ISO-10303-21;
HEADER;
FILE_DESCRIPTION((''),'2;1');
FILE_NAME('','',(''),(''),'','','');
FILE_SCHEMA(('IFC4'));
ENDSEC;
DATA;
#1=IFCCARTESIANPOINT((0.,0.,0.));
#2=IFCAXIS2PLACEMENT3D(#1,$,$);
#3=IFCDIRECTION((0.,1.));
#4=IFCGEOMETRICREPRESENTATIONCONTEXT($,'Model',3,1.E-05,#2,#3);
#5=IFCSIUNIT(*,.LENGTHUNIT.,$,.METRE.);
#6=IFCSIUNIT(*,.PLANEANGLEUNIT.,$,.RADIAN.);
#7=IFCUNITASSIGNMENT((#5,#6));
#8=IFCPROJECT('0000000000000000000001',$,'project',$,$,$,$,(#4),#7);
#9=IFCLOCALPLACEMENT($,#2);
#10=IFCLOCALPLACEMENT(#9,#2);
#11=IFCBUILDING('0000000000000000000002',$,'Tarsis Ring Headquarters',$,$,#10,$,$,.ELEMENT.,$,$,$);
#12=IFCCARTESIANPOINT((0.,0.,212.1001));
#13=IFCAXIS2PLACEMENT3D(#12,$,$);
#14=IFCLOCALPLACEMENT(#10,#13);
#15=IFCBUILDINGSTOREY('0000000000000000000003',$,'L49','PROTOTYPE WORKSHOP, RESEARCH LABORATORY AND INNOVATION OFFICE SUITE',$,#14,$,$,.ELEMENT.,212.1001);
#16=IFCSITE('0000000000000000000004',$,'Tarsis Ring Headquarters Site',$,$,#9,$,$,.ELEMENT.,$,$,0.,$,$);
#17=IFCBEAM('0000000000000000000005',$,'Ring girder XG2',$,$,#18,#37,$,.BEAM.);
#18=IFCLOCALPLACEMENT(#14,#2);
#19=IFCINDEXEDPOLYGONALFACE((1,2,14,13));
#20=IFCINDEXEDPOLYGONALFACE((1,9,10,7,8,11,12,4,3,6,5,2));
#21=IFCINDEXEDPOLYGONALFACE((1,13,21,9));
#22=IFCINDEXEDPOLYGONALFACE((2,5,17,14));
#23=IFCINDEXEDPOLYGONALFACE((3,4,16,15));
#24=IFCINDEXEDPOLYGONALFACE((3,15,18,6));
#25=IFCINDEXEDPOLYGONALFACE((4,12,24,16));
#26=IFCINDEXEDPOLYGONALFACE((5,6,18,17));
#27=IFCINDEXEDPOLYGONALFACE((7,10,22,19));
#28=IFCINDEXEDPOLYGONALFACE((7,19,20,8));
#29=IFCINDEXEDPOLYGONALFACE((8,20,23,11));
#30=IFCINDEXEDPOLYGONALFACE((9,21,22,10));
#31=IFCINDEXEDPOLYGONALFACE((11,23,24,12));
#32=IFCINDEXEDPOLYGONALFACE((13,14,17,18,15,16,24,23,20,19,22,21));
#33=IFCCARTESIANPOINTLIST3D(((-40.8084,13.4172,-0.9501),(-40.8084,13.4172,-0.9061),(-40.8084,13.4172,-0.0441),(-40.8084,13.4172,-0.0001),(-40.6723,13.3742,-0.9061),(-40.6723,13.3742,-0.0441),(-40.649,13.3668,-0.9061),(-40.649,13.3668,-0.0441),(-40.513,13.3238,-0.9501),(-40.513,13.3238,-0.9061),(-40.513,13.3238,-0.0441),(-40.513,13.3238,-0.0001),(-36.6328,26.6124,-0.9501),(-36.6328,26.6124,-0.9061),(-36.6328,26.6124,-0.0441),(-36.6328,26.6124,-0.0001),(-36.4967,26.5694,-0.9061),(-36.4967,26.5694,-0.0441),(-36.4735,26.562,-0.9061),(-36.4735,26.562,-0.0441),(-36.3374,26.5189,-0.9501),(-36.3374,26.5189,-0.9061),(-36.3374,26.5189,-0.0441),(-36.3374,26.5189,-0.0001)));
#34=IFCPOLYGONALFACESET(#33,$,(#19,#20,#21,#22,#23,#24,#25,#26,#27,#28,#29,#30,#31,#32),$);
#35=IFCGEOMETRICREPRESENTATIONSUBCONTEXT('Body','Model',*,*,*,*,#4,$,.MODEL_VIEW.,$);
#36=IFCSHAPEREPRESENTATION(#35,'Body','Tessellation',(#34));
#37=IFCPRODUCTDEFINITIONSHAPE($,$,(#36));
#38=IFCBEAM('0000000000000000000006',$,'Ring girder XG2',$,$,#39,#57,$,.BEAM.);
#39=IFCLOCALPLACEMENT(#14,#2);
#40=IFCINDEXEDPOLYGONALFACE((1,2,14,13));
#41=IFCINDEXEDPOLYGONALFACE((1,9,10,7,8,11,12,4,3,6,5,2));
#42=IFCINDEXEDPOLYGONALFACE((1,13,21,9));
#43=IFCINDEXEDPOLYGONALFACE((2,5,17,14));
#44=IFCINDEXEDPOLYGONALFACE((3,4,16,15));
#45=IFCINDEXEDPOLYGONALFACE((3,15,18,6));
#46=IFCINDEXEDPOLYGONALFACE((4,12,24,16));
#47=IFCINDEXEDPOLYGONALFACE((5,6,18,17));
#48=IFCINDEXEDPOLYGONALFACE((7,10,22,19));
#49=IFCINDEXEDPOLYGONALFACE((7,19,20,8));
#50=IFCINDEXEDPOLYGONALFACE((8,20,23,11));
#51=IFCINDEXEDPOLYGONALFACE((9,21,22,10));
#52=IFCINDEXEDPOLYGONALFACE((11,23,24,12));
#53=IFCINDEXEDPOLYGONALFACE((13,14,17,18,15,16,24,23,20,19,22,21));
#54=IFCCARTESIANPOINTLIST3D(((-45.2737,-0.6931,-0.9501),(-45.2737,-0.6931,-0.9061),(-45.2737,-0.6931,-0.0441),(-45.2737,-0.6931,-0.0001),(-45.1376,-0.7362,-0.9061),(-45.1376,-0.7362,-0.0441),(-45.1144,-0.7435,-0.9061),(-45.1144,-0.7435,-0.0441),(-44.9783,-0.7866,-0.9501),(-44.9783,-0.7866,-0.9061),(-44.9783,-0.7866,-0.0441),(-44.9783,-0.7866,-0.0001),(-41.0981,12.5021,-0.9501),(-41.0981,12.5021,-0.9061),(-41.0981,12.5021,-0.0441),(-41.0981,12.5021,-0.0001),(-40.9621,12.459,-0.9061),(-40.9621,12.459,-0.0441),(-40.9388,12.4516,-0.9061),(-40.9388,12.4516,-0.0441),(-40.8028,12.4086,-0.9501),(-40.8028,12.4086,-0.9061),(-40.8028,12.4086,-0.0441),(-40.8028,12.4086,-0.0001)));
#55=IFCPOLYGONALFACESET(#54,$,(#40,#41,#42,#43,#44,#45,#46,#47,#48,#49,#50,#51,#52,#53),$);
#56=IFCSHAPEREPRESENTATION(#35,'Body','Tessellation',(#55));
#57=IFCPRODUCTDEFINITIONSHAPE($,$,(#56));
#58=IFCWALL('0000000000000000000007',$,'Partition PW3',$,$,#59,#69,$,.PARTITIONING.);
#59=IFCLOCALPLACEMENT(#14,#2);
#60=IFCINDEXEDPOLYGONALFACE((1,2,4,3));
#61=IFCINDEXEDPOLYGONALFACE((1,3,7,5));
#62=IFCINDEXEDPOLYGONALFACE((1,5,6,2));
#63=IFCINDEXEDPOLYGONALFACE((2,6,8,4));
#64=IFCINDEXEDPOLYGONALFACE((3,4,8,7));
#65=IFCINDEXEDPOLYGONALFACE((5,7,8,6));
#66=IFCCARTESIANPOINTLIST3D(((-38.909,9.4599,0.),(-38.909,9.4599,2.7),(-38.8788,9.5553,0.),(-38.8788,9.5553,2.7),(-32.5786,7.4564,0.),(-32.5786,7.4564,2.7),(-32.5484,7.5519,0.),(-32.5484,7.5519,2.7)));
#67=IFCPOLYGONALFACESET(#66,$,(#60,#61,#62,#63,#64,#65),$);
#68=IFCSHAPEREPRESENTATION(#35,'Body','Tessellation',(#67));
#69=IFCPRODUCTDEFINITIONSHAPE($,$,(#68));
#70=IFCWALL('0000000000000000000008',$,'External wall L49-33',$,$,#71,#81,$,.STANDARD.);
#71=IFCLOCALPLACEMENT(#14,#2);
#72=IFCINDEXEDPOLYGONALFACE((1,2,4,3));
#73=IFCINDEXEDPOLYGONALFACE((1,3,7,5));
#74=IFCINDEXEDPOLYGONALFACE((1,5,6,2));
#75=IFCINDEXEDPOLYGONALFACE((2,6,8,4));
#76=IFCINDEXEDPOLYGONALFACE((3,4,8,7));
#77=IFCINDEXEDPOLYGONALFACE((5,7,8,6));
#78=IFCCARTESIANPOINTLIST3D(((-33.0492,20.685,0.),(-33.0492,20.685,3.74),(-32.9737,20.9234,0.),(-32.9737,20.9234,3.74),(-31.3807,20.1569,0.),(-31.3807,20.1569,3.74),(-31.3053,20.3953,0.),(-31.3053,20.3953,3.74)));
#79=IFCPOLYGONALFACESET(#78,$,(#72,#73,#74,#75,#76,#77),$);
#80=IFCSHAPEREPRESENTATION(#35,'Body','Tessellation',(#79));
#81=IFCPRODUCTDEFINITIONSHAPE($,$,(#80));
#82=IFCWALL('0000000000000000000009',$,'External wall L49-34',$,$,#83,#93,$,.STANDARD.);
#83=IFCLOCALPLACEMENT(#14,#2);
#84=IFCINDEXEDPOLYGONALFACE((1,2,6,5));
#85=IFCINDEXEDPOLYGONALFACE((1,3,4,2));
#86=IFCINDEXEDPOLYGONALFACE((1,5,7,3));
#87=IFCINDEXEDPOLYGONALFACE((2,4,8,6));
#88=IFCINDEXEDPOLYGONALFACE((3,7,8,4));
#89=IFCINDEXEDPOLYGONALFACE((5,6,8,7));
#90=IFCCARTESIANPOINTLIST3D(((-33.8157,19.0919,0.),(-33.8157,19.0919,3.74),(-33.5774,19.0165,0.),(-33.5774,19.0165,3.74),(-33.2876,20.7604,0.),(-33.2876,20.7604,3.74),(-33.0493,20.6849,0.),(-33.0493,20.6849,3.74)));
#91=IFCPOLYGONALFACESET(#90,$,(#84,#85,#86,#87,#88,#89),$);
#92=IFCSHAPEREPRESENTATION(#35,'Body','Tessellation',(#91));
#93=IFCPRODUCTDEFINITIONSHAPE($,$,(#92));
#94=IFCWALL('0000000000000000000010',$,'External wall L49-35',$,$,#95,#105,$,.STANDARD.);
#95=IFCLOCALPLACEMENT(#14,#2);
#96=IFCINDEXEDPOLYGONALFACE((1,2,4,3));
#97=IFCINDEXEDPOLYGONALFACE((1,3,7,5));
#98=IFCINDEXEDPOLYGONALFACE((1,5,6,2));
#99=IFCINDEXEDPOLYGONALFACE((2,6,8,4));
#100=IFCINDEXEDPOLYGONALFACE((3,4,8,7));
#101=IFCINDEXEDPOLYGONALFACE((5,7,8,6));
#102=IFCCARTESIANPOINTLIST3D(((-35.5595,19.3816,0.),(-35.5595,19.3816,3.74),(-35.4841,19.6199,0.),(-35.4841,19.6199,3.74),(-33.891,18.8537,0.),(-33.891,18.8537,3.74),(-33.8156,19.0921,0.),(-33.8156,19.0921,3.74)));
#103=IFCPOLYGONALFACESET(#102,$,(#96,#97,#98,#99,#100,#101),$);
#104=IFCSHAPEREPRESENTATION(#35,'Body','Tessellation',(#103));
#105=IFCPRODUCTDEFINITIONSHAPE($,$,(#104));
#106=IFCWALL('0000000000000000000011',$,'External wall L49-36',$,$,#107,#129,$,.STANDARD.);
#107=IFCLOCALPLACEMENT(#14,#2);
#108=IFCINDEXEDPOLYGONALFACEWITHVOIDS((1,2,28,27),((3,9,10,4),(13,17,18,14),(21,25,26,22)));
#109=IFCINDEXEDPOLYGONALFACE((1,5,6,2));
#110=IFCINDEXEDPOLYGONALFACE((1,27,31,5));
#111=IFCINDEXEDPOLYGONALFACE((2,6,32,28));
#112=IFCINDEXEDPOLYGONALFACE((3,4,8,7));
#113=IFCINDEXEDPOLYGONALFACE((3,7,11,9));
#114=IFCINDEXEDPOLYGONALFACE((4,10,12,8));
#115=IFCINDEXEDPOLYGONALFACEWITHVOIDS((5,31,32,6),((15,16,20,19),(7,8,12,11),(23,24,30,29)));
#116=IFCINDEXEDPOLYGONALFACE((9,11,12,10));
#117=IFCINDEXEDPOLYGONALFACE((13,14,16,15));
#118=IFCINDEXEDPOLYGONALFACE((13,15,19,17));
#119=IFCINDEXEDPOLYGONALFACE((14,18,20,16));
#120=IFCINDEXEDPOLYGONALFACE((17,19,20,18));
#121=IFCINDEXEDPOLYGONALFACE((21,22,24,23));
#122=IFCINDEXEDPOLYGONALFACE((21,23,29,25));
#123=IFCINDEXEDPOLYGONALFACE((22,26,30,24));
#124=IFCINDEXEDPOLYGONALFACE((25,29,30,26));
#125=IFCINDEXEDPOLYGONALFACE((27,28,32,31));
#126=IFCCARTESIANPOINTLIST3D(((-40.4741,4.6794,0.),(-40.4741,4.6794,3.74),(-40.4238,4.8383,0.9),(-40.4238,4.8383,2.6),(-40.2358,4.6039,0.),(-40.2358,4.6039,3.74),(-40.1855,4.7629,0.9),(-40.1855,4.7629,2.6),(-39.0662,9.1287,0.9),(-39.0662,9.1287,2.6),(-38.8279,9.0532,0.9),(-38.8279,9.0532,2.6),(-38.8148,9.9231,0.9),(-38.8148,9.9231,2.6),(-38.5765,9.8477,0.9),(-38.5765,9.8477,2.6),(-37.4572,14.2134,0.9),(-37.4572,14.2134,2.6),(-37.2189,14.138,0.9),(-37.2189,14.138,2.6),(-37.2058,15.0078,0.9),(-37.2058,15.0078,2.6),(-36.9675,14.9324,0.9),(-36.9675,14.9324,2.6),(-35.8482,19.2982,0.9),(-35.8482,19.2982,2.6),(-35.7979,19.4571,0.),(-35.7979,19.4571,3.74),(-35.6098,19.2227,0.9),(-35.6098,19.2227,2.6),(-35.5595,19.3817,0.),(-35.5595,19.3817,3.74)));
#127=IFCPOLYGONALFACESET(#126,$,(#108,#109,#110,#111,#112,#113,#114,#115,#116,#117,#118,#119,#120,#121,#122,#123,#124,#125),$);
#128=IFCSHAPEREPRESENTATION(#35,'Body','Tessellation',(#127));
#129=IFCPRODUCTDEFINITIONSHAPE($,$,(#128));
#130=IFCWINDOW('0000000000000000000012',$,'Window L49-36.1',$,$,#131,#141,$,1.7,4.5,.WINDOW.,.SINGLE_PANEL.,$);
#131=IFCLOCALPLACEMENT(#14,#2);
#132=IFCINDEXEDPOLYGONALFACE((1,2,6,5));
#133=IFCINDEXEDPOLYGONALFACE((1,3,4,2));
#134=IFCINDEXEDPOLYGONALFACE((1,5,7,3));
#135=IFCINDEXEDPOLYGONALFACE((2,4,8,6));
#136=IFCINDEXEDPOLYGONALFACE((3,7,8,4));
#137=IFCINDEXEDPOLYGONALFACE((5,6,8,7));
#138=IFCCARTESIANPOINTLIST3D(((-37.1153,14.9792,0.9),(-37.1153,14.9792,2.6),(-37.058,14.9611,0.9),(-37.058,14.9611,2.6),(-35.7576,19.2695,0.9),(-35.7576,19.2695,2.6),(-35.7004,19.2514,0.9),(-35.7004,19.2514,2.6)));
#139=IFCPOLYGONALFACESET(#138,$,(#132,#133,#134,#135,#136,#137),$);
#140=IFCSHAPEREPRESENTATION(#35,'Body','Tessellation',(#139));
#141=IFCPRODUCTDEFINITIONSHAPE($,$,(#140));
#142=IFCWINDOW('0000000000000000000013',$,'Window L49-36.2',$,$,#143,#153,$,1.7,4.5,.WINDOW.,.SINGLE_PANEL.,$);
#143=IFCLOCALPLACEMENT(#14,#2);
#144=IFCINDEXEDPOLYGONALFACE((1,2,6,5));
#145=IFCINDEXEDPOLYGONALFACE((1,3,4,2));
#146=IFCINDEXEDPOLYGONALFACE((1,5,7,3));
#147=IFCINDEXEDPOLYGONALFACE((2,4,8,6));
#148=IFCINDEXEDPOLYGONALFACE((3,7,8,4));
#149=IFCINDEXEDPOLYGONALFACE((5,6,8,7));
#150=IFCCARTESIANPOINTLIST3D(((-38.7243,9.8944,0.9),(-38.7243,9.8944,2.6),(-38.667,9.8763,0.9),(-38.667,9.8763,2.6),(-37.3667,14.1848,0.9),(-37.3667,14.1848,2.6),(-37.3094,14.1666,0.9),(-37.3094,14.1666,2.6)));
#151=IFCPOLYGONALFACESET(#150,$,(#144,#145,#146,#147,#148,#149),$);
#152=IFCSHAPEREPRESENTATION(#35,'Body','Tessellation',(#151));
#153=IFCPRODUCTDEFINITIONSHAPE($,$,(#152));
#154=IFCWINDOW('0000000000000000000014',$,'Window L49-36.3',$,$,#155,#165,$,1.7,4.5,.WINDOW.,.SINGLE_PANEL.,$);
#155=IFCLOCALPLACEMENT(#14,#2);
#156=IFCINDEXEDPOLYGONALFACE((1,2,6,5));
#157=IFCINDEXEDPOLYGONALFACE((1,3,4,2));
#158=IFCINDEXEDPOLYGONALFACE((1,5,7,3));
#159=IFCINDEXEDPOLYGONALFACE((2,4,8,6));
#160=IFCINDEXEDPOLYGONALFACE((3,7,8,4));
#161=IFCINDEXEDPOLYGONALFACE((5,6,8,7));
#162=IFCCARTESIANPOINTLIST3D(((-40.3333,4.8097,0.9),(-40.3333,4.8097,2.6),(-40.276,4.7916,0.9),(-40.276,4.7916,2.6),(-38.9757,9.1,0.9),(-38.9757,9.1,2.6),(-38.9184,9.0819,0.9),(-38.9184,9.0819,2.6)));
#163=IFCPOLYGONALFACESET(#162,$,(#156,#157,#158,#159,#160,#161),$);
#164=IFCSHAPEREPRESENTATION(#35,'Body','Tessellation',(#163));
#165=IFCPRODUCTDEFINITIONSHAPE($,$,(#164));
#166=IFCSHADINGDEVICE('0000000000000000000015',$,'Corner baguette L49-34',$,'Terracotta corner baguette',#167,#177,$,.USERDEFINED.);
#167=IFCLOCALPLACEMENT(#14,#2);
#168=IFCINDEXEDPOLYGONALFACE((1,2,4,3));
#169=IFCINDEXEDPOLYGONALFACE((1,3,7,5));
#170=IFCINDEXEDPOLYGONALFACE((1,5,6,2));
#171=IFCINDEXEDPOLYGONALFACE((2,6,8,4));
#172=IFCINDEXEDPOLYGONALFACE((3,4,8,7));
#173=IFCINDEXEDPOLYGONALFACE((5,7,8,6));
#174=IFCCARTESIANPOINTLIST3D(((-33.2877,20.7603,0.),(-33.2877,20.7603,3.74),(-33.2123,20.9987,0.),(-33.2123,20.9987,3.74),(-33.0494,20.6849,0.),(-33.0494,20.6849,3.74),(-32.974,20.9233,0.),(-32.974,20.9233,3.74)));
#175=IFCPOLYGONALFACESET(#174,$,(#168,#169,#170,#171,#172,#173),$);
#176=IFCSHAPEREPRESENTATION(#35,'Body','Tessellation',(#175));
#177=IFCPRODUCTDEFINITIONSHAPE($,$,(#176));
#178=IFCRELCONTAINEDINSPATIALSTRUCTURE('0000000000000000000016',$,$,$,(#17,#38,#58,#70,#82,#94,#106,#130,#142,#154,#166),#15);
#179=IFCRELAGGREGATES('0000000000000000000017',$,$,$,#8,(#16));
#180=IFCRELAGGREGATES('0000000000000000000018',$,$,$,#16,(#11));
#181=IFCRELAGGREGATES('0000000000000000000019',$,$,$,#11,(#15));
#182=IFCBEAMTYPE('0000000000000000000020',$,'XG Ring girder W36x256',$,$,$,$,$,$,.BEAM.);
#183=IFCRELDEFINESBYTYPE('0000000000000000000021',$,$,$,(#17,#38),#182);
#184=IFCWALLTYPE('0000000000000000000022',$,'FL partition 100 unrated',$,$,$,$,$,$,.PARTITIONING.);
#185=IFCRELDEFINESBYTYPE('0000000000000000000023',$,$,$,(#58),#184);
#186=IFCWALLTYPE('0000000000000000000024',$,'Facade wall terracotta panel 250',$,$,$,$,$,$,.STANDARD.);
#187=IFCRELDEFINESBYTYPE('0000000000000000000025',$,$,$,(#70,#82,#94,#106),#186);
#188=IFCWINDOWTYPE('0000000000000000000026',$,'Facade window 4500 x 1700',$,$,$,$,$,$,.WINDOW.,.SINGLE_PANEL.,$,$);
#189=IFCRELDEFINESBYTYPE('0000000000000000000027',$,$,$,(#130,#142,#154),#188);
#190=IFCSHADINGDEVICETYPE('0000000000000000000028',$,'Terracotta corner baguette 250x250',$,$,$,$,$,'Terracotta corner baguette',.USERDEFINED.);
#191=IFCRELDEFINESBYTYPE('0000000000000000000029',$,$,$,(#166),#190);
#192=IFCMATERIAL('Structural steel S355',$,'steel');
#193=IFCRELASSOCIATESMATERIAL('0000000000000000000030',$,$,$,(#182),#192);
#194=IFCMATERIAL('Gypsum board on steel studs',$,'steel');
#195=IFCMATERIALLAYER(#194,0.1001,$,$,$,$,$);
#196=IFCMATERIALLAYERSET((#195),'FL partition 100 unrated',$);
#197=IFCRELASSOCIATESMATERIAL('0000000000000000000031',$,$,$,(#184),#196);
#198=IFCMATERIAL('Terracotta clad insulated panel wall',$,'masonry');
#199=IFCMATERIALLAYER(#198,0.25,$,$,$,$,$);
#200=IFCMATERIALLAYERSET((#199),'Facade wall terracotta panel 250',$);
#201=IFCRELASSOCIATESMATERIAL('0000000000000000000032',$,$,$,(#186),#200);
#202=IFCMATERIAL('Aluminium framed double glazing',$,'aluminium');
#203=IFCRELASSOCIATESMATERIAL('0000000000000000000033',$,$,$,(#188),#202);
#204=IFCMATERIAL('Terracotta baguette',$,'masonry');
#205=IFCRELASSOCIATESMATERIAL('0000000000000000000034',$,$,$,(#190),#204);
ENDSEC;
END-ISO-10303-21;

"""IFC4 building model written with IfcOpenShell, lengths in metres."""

from ifc_helpers import new_model, si_unit, direction, frame, frame_2d, origin, origin_2d, place, context, subcontext, project, spatial, rectangle, i_section, extrude, material, layer, layer_set, material_profile, profile_set, type_object, element, fill, save


model = new_model("IFC4")

# Units and contexts
model_context = context("Model", 3, precision=1e-05, world=origin(), true_north=direction((0.0, 1.0)))
body_context = subcontext(model_context, "Body", "Model", "MODEL_VIEW")
ifc_project = project(units=[si_unit("LENGTHUNIT", "METRE"), si_unit("PLANEANGLEUNIT", "RADIAN")], contexts=[model_context])

# Site, building, storey
site_placement = place(None, origin())
site = spatial("IfcSite", under=ifc_project, at=site_placement, Name="Tarsis Ring Headquarters Site", CompositionType="ELEMENT", RefElevation=0.0)
building_placement = place(site_placement, origin())
building = spatial("IfcBuilding", under=site, at=building_placement, Name="Tarsis Ring Headquarters", CompositionType="ELEMENT")
storey_placement = place(building_placement, frame((0.0, 0.0, 212.1001)))
storey = spatial("IfcBuildingStorey", under=building, at=storey_placement, Name="L49", Description="PROTOTYPE WORKSHOP, RESEARCH LABORATORY AND INNOVATION OFFICE SUITE", CompositionType="ELEMENT", Elevation=212.1001)

# Shared definitions
ifc_material_1 = material(Name="Structural steel S355", Category="steel")

# Beams
ifc_material_profile_1 = material_profile(ifc_material_1, i_section(OverallWidth=0.3098, OverallDepth=0.95, WebThickness=0.0244, FlangeThickness=0.0439, at=origin_2d()), Name="W36x256")
ifc_profile_set_1 = profile_set([ifc_material_profile_1], Name="Structural steel S355")
beam_type_1 = type_object("IfcBeamType", Name="XG Ring girder W36x256", PredefinedType="BEAM", material=ifc_profile_set_1)
for number, where, z_axis, x_axis, name in (
    (1, (-36.4851, 26.5657, -0.4751), (-0.301701, -0.953403, 0.0), (0.953403, -0.301701, 0.0), "Ring girder XG2"),
    (2, (-40.9504, 12.4553, -0.4751), (-0.301701, -0.953403, 0.0), (0.953403, -0.301701, 0.0), "Ring girder XG2"),
):
    element("IfcBeam", number, at=place(storey_placement, frame(where, z_axis=z_axis, x_axis=x_axis)), inside=storey, type_object=beam_type_1, Name=name, PredefinedType="BEAM", context=body_context, shape_type="SweptSolid", body=[
        extrude(i_section(OverallWidth=0.3098, OverallDepth=0.95, WebThickness=0.0244, FlangeThickness=0.0439, at=origin_2d()), origin(), (0.0, 0.0, 1.0), 13.8401),
    ])

# Walls
ifc_material_2 = material(Name="Gypsum board on steel studs", Category="steel")
ifc_layer_1 = layer(ifc_material_2, 0.1001)
ifc_layer_set_1 = layer_set([ifc_layer_1], Name="FL partition 100 unrated")
wall_type_1 = type_object("IfcWallType", Name="FL partition 100 unrated", PredefinedType="PARTITIONING", material=ifc_layer_set_1)
wall_1_placement = place(storey_placement, frame((-38.8938, 9.5076, 0.0), z_axis=(0.0, 0.0, 1.0), x_axis=(0.953394, -0.30173, 0.0)))
element("IfcWall", 3, at=wall_1_placement, inside=storey, type_object=wall_type_1, Name="Partition PW3", PredefinedType="PARTITIONING", context=body_context, shape_type="SweptSolid", body=[
    extrude(rectangle(XDim=6.6399, YDim=0.1001, at=frame_2d((3.3198, 0.0))), origin(), (0.0, 0.0, 1.0), 2.7),
])
ifc_material_3 = material(Name="Terracotta clad insulated panel wall", Category="masonry")
ifc_layer_2 = layer(ifc_material_3, 0.25)
ifc_layer_set_2 = layer_set([ifc_layer_2], Name="Facade wall terracotta panel 250")
wall_type_2 = type_object("IfcWallType", Name="Facade wall terracotta panel 250", PredefinedType="STANDARD", material=ifc_layer_set_2)
for number, where, z_axis, x_axis, name in (
    (4, (-31.343, 20.2761, 0.0), (0.0, 0.0, 1.0), (-0.953386, 0.301752, 0.0), "External wall L49-33"),
    (5, (-33.1685, 20.7227, 0.0), (0.0, 0.0, 1.0), (-0.301752, -0.953386, 0.0), "External wall L49-34"),
    (6, (-33.8533, 18.9729, 0.0), (0.0, 0.0, 1.0), (-0.953427, 0.301625, 0.0), "External wall L49-35"),
):
    element("IfcWall", number, at=place(storey_placement, frame(where, z_axis=z_axis, x_axis=x_axis)), inside=storey, type_object=wall_type_2, Name=name, PredefinedType="STANDARD", context=body_context, shape_type="SweptSolid", body=[
        extrude(rectangle(XDim=1.75, YDim=0.25, at=frame_2d((0.875, 0.0))), origin(), (0.0, 0.0, 1.0), 3.74),
    ])

# Wall, openings, windows
wall_2_placement = place(storey_placement, frame((-35.6787, 19.4194, 0.0), z_axis=(0.0, 0.0, 1.0), x_axis=(-0.301694, -0.953405, 0.0)))
wall_2 = element("IfcWall", 7, at=wall_2_placement, inside=storey, type_object=wall_type_2, Name="External wall L49-36", PredefinedType="STANDARD", context=body_context, shape_type="SweptSolid", body=[
    extrude(rectangle(XDim=15.5, YDim=0.25, at=frame_2d((7.75, 0.0))), origin(), (0.0, 0.0, 1.0), 3.74),
])
opening_1_placement = place(wall_2_placement, frame((0.1667, 0.0, 0.8999)))
opening_1 = element("IfcOpeningElement", 8, at=opening_1_placement, cuts=wall_2, PredefinedType="OPENING", context=body_context, shape_type="SweptSolid", body=[
    extrude(rectangle(XDim=4.5, YDim=1.7, at=frame_2d((2.25, 0.8501))), frame((0.0, 0.135, 0.0), z_axis=(0.0, -1.0, 0.0), x_axis=(1.0, 0.0, 0.0)), (0.0, 0.0, 1.0), 0.27),
])
opening_2_placement = place(wall_2_placement, frame((5.5, 0.0, 0.8999)))
opening_2 = element("IfcOpeningElement", 9, at=opening_2_placement, cuts=wall_2, PredefinedType="OPENING", context=body_context, shape_type="SweptSolid", body=[
    extrude(rectangle(XDim=4.5, YDim=1.7, at=frame_2d((2.25, 0.8501))), frame((0.0, 0.135, 0.0), z_axis=(0.0, -1.0, 0.0), x_axis=(1.0, 0.0, 0.0)), (0.0, 0.0, 1.0), 0.27),
])
opening_3_placement = place(wall_2_placement, frame((10.8333, 0.0, 0.8999)))
opening_3 = element("IfcOpeningElement", 10, at=opening_3_placement, cuts=wall_2, PredefinedType="OPENING", context=body_context, shape_type="SweptSolid", body=[
    extrude(rectangle(XDim=4.5, YDim=1.7, at=frame_2d((2.25, 0.8501))), frame((0.0, 0.135, 0.0), z_axis=(0.0, -1.0, 0.0), x_axis=(1.0, 0.0, 0.0)), (0.0, 0.0, 1.0), 0.27),
])
ifc_material_4 = material(Name="Aluminium framed double glazing", Category="aluminium")
window_type = type_object("IfcWindowType", Name="Facade window 4500 x 1700", PartitioningType="SINGLE_PANEL", PredefinedType="WINDOW", material=ifc_material_4)
window_1_placement = place(opening_1_placement, origin())
window_1 = element("IfcWindow", 11, at=window_1_placement, inside=storey, type_object=window_type, Name="Window L49-36.1", OverallHeight=1.7, OverallWidth=4.5, PartitioningType="SINGLE_PANEL", PredefinedType="WINDOW", context=body_context, shape_type="SweptSolid", body=[
    extrude(rectangle(XDim=4.5, YDim=1.7, at=frame_2d((2.25, 0.8501))), frame((0.0, 0.03, 0.0), z_axis=(0.0, -1.0, 0.0), x_axis=(1.0, 0.0, 0.0)), (0.0, 0.0, 1.0), 0.0601),
])
fill(opening_1, window_1)
window_2_placement = place(opening_2_placement, origin())
window_2 = element("IfcWindow", 12, at=window_2_placement, inside=storey, type_object=window_type, Name="Window L49-36.2", OverallHeight=1.7, OverallWidth=4.5, PartitioningType="SINGLE_PANEL", PredefinedType="WINDOW", context=body_context, shape_type="SweptSolid", body=[
    extrude(rectangle(XDim=4.5, YDim=1.7, at=frame_2d((2.25, 0.8501))), frame((0.0, 0.03, 0.0), z_axis=(0.0, -1.0, 0.0), x_axis=(1.0, 0.0, 0.0)), (0.0, 0.0, 1.0), 0.0601),
])
fill(opening_2, window_2)
window_3_placement = place(opening_3_placement, origin())
window_3 = element("IfcWindow", 13, at=window_3_placement, inside=storey, type_object=window_type, Name="Window L49-36.3", OverallHeight=1.7, OverallWidth=4.5, PartitioningType="SINGLE_PANEL", PredefinedType="WINDOW", context=body_context, shape_type="SweptSolid", body=[
    extrude(rectangle(XDim=4.5, YDim=1.7, at=frame_2d((2.25, 0.8501))), frame((0.0, 0.03, 0.0), z_axis=(0.0, -1.0, 0.0), x_axis=(1.0, 0.0, 0.0)), (0.0, 0.0, 1.0), 0.0601),
])
fill(opening_3, window_3)

# Shading device
ifc_material_5 = material(Name="Terracotta baguette", Category="masonry")
shading_device_type_1 = type_object("IfcShadingDeviceType", Name="Terracotta corner baguette 250x250", ElementType="Terracotta corner baguette", PredefinedType="USERDEFINED", material=ifc_material_5)
for number, where, z_axis, x_axis, name in (
    (14, (-33.1309, 20.8418, 0.0), (0.0, 0.0, 1.0), (-0.953401, 0.301704, 0.0), "Corner baguette L49-34"),
):
    element("IfcShadingDevice", number, at=place(storey_placement, frame(where, z_axis=z_axis, x_axis=x_axis)), inside=storey, type_object=shading_device_type_1, Name=name, ObjectType="Terracotta corner baguette", PredefinedType="USERDEFINED", context=body_context, shape_type="SweptSolid", body=[
        extrude(rectangle(XDim=0.25, YDim=0.25, at=origin_2d()), origin(), (0.0, 0.0, 1.0), 3.74),
    ])

save(model, "model.ifc")
